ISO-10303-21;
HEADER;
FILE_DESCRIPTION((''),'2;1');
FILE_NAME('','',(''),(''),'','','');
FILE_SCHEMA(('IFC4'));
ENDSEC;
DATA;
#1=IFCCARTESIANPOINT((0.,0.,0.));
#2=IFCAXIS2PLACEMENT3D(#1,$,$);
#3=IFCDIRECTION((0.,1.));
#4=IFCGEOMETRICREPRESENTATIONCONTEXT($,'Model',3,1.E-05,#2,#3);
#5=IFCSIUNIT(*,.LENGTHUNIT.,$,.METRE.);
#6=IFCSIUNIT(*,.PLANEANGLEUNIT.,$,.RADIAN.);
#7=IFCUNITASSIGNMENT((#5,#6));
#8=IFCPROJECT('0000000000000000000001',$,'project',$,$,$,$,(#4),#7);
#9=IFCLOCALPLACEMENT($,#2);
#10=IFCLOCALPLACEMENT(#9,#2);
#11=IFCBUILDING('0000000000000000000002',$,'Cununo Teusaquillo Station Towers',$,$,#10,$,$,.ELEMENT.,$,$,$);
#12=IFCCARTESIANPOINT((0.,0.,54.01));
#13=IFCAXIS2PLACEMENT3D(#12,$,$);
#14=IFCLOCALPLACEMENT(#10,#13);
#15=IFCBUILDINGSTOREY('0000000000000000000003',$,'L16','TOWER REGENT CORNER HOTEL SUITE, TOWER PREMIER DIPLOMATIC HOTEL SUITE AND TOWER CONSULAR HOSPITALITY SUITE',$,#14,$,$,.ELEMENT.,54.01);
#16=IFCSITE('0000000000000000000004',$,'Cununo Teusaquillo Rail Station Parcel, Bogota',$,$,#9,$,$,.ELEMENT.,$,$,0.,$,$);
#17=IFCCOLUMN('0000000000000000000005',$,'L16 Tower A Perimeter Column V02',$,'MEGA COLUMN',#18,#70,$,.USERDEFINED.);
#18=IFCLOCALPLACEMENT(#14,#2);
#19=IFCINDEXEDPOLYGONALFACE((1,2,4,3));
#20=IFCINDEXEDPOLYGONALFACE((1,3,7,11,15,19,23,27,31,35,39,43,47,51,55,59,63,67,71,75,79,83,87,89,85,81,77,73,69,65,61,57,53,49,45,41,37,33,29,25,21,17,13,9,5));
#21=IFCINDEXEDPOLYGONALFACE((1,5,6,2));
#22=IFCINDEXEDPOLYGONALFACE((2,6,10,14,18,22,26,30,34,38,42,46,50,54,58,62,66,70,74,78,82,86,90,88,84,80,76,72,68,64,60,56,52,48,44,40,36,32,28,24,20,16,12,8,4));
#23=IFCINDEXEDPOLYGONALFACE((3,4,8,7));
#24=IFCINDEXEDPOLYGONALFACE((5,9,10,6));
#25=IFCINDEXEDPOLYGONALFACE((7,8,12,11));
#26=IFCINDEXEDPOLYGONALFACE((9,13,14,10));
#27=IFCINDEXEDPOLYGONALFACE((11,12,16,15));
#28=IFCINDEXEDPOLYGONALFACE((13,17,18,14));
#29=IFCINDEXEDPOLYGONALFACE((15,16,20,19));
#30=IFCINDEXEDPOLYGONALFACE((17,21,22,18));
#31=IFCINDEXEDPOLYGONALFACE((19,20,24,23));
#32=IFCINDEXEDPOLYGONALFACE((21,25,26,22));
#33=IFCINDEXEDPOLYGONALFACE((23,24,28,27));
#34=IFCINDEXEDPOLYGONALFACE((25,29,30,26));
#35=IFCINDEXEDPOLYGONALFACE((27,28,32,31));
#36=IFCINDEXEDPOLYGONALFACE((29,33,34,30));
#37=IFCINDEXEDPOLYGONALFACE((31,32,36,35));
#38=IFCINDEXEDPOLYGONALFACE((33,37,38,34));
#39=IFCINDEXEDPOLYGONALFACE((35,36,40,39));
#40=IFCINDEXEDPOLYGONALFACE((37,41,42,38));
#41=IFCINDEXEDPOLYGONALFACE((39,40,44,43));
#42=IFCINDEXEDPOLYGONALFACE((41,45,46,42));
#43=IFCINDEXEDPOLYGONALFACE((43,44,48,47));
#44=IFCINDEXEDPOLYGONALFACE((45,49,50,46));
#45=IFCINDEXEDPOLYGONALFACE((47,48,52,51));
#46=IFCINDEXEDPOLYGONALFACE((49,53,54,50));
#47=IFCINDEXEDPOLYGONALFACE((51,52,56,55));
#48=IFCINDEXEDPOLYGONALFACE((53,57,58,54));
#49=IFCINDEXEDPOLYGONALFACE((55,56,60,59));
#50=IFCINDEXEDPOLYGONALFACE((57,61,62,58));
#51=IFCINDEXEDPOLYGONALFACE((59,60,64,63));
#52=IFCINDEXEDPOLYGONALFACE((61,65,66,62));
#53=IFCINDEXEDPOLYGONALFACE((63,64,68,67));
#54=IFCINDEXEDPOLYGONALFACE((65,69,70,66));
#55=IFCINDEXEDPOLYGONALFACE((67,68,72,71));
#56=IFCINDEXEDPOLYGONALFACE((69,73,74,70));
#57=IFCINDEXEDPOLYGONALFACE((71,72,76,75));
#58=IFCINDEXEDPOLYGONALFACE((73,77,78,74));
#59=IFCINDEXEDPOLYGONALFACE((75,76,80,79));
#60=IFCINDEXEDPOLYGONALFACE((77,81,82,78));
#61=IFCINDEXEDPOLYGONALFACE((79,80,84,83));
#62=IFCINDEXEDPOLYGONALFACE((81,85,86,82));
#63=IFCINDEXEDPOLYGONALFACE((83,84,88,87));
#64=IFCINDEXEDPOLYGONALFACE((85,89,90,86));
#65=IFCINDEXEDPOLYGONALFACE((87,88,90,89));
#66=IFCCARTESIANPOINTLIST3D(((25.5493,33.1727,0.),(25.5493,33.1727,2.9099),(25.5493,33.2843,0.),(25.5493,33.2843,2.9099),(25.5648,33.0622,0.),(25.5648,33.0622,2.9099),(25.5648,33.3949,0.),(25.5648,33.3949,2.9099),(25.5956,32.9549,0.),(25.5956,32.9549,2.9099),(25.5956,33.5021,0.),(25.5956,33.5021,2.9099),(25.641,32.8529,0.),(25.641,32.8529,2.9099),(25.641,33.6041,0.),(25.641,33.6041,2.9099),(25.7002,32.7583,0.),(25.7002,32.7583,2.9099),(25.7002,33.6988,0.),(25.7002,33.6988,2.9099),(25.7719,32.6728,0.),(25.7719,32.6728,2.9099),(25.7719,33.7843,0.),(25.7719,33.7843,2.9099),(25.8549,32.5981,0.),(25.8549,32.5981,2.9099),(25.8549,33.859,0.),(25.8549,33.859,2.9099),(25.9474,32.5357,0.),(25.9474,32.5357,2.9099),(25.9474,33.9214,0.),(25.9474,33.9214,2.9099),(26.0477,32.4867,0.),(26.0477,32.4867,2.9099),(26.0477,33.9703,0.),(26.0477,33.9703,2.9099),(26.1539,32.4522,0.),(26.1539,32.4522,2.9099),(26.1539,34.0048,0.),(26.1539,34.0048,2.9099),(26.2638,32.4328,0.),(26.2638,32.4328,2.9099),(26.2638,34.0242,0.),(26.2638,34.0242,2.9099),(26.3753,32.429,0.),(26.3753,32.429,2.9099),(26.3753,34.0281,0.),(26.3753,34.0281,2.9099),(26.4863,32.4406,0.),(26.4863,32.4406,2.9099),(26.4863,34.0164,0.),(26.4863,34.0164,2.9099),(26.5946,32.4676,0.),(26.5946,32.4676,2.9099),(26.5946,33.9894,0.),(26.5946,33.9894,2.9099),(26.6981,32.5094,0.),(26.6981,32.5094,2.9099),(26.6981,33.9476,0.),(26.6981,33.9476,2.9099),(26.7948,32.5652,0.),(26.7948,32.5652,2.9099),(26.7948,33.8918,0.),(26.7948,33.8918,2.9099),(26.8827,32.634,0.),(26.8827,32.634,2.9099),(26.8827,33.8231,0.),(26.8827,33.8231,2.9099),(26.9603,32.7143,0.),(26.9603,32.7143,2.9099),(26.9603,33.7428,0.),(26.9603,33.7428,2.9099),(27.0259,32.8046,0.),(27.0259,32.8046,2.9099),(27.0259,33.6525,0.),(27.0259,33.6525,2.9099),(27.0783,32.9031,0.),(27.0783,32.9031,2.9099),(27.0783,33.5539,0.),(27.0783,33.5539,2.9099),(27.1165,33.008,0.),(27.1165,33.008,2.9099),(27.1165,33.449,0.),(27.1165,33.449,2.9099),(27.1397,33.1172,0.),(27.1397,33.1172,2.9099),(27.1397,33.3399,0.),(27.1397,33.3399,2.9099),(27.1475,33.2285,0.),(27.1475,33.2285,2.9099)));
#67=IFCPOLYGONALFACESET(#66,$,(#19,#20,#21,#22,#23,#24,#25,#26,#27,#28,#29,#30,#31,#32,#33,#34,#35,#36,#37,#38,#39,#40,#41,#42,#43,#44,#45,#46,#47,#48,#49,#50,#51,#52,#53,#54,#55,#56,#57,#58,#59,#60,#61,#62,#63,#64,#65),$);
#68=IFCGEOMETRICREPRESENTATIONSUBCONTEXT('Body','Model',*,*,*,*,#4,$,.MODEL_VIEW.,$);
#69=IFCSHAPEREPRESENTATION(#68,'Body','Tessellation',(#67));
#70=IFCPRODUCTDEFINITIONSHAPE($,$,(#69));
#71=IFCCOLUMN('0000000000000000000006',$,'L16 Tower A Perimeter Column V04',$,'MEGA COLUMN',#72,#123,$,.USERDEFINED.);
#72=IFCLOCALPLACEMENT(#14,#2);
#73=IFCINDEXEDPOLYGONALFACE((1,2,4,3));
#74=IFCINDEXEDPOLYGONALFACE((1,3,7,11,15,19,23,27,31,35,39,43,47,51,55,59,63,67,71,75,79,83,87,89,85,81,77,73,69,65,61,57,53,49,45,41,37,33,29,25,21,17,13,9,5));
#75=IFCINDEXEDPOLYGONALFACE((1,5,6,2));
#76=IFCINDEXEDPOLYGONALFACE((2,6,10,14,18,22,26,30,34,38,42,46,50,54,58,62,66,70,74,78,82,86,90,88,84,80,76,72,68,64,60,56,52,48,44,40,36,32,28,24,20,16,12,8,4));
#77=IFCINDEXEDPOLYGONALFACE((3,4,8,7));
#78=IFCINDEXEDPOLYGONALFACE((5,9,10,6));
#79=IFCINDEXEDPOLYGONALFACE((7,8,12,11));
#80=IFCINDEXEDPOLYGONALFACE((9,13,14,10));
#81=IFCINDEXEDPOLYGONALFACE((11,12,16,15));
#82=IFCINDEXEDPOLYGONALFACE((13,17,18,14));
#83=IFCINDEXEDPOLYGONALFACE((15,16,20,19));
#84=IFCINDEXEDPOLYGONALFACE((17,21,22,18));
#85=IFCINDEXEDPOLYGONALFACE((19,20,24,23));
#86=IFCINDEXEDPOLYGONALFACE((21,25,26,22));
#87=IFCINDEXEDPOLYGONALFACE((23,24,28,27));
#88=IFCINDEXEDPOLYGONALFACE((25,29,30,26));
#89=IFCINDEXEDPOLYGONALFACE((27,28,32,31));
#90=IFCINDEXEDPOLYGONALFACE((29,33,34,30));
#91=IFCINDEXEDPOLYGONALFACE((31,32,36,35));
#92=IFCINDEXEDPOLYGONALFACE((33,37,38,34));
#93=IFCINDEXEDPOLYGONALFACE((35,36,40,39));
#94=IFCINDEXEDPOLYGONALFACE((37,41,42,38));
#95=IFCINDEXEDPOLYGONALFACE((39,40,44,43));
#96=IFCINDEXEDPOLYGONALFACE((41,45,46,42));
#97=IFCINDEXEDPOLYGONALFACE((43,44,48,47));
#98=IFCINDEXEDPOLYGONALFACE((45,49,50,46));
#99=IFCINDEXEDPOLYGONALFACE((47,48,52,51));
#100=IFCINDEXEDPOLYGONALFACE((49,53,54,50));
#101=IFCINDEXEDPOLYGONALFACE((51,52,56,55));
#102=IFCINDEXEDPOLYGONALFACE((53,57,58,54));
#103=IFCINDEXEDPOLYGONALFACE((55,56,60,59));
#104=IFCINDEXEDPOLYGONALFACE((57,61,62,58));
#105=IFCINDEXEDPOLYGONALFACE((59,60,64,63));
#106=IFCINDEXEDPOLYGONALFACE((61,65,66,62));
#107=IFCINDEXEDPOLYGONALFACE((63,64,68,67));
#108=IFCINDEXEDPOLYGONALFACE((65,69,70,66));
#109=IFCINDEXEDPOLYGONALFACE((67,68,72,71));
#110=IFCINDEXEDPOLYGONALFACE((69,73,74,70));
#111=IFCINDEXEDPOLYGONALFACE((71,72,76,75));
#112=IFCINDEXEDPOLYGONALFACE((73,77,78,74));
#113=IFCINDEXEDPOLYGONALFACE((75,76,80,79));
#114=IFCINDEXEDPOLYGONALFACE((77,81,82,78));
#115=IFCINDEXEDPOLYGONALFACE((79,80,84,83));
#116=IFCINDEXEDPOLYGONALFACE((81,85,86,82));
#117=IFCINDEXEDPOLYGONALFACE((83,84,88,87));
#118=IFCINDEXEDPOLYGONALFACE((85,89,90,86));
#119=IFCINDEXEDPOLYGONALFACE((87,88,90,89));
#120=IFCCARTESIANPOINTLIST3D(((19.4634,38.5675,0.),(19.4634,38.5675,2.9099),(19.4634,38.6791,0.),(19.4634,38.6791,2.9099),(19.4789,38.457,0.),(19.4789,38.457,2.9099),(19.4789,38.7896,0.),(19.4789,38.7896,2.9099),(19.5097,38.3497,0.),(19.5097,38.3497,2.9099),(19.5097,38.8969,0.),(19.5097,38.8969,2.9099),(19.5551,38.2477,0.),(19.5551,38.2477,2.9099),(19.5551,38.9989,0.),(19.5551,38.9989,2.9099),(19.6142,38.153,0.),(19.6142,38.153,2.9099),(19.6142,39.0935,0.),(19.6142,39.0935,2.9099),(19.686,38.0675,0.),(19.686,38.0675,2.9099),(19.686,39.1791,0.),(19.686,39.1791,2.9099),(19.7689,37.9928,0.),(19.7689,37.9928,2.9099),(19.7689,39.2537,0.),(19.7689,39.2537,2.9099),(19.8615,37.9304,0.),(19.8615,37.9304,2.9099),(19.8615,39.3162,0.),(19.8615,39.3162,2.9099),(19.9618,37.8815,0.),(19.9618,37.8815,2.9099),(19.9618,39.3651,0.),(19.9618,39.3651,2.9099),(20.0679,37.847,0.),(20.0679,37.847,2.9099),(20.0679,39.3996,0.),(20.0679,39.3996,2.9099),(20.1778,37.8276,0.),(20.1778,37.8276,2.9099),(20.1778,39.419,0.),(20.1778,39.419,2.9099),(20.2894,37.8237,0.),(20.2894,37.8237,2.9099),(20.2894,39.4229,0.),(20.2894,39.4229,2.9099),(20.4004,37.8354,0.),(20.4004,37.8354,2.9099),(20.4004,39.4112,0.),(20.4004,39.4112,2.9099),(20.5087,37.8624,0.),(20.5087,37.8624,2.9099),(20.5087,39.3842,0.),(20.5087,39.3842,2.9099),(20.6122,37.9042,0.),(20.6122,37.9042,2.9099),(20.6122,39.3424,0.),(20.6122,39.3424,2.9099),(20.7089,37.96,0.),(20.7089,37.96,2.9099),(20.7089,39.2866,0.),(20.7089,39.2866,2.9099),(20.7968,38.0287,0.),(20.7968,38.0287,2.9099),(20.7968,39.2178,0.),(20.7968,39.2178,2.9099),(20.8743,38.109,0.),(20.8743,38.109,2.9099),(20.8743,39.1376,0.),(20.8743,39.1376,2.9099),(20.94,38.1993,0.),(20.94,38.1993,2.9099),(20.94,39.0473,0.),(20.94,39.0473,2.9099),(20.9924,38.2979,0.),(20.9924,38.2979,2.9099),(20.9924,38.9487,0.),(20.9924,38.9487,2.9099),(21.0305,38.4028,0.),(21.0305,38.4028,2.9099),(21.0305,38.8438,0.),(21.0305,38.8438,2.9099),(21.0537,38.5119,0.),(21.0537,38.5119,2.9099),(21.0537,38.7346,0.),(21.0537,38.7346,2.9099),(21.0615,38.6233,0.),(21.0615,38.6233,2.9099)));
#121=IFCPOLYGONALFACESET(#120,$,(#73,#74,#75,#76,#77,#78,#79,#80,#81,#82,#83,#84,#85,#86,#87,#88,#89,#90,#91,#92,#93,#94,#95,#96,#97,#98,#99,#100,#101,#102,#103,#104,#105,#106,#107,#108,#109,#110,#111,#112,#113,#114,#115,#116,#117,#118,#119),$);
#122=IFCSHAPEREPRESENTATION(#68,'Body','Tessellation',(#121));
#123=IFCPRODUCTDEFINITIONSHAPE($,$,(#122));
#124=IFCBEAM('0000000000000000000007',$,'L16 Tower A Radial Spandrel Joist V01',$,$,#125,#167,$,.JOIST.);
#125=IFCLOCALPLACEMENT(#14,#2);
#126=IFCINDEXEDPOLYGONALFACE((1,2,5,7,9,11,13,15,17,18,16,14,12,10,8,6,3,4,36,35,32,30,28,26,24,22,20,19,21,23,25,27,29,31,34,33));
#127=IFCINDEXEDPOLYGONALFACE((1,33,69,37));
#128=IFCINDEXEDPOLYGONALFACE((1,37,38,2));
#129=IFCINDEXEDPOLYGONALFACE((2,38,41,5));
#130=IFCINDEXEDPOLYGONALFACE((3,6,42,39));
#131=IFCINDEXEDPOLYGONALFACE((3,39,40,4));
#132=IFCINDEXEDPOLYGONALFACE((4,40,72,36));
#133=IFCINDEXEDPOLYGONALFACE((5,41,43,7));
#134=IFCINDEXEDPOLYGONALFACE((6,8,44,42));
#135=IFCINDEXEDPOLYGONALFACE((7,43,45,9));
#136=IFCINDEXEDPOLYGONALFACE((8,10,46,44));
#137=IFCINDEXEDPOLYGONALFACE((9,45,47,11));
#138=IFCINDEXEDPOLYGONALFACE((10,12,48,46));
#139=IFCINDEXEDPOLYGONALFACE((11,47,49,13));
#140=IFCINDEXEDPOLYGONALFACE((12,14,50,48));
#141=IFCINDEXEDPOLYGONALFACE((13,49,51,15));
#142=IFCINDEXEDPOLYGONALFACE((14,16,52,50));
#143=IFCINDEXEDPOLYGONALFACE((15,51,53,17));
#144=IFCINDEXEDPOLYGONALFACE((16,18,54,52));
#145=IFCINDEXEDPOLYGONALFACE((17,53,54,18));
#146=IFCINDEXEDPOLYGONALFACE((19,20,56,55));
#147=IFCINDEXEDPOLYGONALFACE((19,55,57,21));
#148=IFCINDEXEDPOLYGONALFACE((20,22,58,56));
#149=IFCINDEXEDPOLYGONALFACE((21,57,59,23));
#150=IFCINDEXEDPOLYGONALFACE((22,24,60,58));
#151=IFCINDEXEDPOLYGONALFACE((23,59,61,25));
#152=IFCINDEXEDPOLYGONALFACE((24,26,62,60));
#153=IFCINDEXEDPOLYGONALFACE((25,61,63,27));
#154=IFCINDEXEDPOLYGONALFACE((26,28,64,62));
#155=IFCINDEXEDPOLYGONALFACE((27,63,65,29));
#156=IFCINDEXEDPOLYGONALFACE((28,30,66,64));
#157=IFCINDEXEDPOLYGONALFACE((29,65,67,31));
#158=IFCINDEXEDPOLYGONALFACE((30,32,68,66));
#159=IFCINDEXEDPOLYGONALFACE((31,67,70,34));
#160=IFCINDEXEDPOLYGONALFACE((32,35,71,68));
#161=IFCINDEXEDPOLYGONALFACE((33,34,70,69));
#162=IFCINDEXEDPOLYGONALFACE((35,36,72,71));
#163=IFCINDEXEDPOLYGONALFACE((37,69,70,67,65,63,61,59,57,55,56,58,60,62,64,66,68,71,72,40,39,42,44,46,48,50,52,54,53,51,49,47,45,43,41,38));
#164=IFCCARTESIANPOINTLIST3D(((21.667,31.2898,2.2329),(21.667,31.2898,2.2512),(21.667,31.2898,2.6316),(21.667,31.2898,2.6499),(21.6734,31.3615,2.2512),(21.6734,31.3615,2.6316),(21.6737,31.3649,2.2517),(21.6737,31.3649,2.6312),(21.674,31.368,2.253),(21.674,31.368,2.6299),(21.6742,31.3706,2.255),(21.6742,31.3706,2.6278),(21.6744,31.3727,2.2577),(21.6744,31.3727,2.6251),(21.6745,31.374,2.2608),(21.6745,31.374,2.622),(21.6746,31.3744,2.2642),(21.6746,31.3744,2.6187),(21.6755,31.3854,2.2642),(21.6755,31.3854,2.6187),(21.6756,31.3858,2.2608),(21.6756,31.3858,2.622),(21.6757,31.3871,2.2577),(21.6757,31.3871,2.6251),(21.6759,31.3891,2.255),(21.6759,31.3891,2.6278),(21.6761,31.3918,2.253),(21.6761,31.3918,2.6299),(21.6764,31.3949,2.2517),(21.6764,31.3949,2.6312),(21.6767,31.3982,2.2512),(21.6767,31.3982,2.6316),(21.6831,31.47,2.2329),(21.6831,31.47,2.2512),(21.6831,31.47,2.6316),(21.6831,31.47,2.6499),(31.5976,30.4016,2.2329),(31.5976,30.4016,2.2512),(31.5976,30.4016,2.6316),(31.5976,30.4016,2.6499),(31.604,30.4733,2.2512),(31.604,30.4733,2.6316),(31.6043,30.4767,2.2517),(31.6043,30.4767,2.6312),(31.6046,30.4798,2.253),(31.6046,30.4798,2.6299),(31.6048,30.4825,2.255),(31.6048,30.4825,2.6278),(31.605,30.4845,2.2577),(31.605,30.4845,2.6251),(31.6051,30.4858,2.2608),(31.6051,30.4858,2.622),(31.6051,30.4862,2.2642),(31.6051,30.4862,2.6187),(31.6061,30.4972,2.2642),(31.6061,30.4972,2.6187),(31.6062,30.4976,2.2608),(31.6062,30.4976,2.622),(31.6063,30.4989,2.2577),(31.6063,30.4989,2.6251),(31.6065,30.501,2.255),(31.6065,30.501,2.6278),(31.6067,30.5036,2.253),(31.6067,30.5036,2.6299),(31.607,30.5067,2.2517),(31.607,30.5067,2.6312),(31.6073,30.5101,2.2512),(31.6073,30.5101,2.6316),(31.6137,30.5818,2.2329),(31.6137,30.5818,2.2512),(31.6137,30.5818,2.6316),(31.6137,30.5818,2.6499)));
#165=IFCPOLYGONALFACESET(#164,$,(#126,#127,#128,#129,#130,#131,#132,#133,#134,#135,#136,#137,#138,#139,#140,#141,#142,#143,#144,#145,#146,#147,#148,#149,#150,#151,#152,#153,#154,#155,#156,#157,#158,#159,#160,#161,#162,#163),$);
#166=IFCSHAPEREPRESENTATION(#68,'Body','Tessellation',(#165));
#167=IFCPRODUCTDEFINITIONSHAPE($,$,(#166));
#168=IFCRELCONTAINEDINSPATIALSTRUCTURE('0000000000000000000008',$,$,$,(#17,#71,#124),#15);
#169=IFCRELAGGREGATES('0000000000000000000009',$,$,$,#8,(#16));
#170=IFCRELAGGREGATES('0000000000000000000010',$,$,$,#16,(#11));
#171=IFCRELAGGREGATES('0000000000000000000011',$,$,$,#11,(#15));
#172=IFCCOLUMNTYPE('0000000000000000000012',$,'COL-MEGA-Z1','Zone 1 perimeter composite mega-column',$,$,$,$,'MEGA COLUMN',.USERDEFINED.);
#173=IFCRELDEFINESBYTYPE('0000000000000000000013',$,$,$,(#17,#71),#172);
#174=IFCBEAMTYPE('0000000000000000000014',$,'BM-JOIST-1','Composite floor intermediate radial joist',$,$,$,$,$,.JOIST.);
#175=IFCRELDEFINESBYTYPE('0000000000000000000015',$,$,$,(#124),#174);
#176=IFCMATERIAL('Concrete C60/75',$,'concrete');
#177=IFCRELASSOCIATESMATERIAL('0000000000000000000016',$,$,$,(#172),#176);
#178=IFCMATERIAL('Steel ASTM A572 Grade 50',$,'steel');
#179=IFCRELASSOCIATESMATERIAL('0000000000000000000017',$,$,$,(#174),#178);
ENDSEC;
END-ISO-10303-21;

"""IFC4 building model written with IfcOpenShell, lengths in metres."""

from ifc_helpers import new_model, si_unit, direction, frame, origin, origin_2d, place, context, subcontext, project, spatial, circle, i_section, extrude, material, material_profile, profile_set, type_object, element, save


model = new_model("IFC4")

# Units and contexts
model_context = context("Model", 3, precision=1e-05, world=origin(), true_north=direction((0.0, 1.0)))
body_context = subcontext(model_context, "Body", "Model", "MODEL_VIEW")
ifc_project = project(units=[si_unit("LENGTHUNIT", "METRE"), si_unit("PLANEANGLEUNIT", "RADIAN")], contexts=[model_context])

# Site, building, storey
site_placement = place(None, origin())
site = spatial("IfcSite", under=ifc_project, at=site_placement, Name="Cununo Teusaquillo Rail Station Parcel, Bogota", CompositionType="ELEMENT", RefElevation=0.0)
building_placement = place(site_placement, origin())
building = spatial("IfcBuilding", under=site, at=building_placement, Name="Cununo Teusaquillo Station Towers", CompositionType="ELEMENT")
storey_placement = place(building_placement, frame((0.0, 0.0, 54.01)))
storey = spatial("IfcBuildingStorey", under=building, at=storey_placement, Name="L16", Description="TOWER REGENT CORNER HOTEL SUITE, TOWER PREMIER DIPLOMATIC HOTEL SUITE AND TOWER CONSULAR HOSPITALITY SUITE", CompositionType="ELEMENT", Elevation=54.01)

# Columns
ifc_material_1 = material(Name="Concrete C60/75", Category="concrete")
ifc_material_profile_1 = material_profile(ifc_material_1, circle(Radius=0.8, at=origin_2d()), Name="RC-CIRC-1600")
ifc_profile_set_1 = profile_set([ifc_material_profile_1], Name="Concrete C60/75")
column_type = type_object("IfcColumnType", Name="COL-MEGA-Z1", Description="Zone 1 perimeter composite mega-column", ElementType="MEGA COLUMN", PredefinedType="USERDEFINED", material=ifc_profile_set_1)
for number, where, z_axis, x_axis, name in (
    (1, (26.3474, 33.2285, 0.0), (0.0, 0.0, 1.0), (1.0, 0.0, 0.0), "L16 Tower A Perimeter Column V02"),
    (2, (20.2615, 38.6233, 0.0), (0.0, 0.0, 1.0), (1.0, 0.0, 0.0), "L16 Tower A Perimeter Column V04"),
):
    element("IfcColumn", number, at=place(storey_placement, frame(where, z_axis=z_axis, x_axis=x_axis)), inside=storey, type_object=column_type, Name=name, ObjectType="MEGA COLUMN", PredefinedType="USERDEFINED", context=body_context, shape_type="SweptSolid", body=[
        extrude(circle(Radius=0.8, at=origin_2d()), origin(), (0.0, 0.0, 1.0), 2.9099),
    ])

# Beam
ifc_material_2 = material(Name="Steel ASTM A572 Grade 50", Category="steel")
ifc_material_profile_2 = material_profile(ifc_material_2, i_section(OverallWidth=0.1809, OverallDepth=0.417, WebThickness=0.011, FlangeThickness=0.0183, FilletRadius=0.0129, at=origin_2d()), Name="W16X57")
ifc_profile_set_2 = profile_set([ifc_material_profile_2], Name="Steel ASTM A572 Grade 50")
beam_type_1 = type_object("IfcBeamType", Name="BM-JOIST-1", Description="Composite floor intermediate radial joist", PredefinedType="JOIST", material=ifc_profile_set_2)
beam_1_placement = place(storey_placement, frame((21.675, 31.3799, 2.4414), z_axis=(0.996024, -0.089083, 0.0), x_axis=(0.089083, 0.996024, 0.0)))
element("IfcBeam", 3, at=beam_1_placement, inside=storey, type_object=beam_type_1, Name="L16 Tower A Radial Spandrel Joist V01", PredefinedType="JOIST", context=body_context, shape_type="SweptSolid", body=[
    extrude(i_section(OverallWidth=0.1809, OverallDepth=0.417, WebThickness=0.011, FlangeThickness=0.0183, FilletRadius=0.0129, at=origin_2d()), origin(), (0.0, 0.0, 1.0), 9.9702),
])

save(model, "model.ifc")
